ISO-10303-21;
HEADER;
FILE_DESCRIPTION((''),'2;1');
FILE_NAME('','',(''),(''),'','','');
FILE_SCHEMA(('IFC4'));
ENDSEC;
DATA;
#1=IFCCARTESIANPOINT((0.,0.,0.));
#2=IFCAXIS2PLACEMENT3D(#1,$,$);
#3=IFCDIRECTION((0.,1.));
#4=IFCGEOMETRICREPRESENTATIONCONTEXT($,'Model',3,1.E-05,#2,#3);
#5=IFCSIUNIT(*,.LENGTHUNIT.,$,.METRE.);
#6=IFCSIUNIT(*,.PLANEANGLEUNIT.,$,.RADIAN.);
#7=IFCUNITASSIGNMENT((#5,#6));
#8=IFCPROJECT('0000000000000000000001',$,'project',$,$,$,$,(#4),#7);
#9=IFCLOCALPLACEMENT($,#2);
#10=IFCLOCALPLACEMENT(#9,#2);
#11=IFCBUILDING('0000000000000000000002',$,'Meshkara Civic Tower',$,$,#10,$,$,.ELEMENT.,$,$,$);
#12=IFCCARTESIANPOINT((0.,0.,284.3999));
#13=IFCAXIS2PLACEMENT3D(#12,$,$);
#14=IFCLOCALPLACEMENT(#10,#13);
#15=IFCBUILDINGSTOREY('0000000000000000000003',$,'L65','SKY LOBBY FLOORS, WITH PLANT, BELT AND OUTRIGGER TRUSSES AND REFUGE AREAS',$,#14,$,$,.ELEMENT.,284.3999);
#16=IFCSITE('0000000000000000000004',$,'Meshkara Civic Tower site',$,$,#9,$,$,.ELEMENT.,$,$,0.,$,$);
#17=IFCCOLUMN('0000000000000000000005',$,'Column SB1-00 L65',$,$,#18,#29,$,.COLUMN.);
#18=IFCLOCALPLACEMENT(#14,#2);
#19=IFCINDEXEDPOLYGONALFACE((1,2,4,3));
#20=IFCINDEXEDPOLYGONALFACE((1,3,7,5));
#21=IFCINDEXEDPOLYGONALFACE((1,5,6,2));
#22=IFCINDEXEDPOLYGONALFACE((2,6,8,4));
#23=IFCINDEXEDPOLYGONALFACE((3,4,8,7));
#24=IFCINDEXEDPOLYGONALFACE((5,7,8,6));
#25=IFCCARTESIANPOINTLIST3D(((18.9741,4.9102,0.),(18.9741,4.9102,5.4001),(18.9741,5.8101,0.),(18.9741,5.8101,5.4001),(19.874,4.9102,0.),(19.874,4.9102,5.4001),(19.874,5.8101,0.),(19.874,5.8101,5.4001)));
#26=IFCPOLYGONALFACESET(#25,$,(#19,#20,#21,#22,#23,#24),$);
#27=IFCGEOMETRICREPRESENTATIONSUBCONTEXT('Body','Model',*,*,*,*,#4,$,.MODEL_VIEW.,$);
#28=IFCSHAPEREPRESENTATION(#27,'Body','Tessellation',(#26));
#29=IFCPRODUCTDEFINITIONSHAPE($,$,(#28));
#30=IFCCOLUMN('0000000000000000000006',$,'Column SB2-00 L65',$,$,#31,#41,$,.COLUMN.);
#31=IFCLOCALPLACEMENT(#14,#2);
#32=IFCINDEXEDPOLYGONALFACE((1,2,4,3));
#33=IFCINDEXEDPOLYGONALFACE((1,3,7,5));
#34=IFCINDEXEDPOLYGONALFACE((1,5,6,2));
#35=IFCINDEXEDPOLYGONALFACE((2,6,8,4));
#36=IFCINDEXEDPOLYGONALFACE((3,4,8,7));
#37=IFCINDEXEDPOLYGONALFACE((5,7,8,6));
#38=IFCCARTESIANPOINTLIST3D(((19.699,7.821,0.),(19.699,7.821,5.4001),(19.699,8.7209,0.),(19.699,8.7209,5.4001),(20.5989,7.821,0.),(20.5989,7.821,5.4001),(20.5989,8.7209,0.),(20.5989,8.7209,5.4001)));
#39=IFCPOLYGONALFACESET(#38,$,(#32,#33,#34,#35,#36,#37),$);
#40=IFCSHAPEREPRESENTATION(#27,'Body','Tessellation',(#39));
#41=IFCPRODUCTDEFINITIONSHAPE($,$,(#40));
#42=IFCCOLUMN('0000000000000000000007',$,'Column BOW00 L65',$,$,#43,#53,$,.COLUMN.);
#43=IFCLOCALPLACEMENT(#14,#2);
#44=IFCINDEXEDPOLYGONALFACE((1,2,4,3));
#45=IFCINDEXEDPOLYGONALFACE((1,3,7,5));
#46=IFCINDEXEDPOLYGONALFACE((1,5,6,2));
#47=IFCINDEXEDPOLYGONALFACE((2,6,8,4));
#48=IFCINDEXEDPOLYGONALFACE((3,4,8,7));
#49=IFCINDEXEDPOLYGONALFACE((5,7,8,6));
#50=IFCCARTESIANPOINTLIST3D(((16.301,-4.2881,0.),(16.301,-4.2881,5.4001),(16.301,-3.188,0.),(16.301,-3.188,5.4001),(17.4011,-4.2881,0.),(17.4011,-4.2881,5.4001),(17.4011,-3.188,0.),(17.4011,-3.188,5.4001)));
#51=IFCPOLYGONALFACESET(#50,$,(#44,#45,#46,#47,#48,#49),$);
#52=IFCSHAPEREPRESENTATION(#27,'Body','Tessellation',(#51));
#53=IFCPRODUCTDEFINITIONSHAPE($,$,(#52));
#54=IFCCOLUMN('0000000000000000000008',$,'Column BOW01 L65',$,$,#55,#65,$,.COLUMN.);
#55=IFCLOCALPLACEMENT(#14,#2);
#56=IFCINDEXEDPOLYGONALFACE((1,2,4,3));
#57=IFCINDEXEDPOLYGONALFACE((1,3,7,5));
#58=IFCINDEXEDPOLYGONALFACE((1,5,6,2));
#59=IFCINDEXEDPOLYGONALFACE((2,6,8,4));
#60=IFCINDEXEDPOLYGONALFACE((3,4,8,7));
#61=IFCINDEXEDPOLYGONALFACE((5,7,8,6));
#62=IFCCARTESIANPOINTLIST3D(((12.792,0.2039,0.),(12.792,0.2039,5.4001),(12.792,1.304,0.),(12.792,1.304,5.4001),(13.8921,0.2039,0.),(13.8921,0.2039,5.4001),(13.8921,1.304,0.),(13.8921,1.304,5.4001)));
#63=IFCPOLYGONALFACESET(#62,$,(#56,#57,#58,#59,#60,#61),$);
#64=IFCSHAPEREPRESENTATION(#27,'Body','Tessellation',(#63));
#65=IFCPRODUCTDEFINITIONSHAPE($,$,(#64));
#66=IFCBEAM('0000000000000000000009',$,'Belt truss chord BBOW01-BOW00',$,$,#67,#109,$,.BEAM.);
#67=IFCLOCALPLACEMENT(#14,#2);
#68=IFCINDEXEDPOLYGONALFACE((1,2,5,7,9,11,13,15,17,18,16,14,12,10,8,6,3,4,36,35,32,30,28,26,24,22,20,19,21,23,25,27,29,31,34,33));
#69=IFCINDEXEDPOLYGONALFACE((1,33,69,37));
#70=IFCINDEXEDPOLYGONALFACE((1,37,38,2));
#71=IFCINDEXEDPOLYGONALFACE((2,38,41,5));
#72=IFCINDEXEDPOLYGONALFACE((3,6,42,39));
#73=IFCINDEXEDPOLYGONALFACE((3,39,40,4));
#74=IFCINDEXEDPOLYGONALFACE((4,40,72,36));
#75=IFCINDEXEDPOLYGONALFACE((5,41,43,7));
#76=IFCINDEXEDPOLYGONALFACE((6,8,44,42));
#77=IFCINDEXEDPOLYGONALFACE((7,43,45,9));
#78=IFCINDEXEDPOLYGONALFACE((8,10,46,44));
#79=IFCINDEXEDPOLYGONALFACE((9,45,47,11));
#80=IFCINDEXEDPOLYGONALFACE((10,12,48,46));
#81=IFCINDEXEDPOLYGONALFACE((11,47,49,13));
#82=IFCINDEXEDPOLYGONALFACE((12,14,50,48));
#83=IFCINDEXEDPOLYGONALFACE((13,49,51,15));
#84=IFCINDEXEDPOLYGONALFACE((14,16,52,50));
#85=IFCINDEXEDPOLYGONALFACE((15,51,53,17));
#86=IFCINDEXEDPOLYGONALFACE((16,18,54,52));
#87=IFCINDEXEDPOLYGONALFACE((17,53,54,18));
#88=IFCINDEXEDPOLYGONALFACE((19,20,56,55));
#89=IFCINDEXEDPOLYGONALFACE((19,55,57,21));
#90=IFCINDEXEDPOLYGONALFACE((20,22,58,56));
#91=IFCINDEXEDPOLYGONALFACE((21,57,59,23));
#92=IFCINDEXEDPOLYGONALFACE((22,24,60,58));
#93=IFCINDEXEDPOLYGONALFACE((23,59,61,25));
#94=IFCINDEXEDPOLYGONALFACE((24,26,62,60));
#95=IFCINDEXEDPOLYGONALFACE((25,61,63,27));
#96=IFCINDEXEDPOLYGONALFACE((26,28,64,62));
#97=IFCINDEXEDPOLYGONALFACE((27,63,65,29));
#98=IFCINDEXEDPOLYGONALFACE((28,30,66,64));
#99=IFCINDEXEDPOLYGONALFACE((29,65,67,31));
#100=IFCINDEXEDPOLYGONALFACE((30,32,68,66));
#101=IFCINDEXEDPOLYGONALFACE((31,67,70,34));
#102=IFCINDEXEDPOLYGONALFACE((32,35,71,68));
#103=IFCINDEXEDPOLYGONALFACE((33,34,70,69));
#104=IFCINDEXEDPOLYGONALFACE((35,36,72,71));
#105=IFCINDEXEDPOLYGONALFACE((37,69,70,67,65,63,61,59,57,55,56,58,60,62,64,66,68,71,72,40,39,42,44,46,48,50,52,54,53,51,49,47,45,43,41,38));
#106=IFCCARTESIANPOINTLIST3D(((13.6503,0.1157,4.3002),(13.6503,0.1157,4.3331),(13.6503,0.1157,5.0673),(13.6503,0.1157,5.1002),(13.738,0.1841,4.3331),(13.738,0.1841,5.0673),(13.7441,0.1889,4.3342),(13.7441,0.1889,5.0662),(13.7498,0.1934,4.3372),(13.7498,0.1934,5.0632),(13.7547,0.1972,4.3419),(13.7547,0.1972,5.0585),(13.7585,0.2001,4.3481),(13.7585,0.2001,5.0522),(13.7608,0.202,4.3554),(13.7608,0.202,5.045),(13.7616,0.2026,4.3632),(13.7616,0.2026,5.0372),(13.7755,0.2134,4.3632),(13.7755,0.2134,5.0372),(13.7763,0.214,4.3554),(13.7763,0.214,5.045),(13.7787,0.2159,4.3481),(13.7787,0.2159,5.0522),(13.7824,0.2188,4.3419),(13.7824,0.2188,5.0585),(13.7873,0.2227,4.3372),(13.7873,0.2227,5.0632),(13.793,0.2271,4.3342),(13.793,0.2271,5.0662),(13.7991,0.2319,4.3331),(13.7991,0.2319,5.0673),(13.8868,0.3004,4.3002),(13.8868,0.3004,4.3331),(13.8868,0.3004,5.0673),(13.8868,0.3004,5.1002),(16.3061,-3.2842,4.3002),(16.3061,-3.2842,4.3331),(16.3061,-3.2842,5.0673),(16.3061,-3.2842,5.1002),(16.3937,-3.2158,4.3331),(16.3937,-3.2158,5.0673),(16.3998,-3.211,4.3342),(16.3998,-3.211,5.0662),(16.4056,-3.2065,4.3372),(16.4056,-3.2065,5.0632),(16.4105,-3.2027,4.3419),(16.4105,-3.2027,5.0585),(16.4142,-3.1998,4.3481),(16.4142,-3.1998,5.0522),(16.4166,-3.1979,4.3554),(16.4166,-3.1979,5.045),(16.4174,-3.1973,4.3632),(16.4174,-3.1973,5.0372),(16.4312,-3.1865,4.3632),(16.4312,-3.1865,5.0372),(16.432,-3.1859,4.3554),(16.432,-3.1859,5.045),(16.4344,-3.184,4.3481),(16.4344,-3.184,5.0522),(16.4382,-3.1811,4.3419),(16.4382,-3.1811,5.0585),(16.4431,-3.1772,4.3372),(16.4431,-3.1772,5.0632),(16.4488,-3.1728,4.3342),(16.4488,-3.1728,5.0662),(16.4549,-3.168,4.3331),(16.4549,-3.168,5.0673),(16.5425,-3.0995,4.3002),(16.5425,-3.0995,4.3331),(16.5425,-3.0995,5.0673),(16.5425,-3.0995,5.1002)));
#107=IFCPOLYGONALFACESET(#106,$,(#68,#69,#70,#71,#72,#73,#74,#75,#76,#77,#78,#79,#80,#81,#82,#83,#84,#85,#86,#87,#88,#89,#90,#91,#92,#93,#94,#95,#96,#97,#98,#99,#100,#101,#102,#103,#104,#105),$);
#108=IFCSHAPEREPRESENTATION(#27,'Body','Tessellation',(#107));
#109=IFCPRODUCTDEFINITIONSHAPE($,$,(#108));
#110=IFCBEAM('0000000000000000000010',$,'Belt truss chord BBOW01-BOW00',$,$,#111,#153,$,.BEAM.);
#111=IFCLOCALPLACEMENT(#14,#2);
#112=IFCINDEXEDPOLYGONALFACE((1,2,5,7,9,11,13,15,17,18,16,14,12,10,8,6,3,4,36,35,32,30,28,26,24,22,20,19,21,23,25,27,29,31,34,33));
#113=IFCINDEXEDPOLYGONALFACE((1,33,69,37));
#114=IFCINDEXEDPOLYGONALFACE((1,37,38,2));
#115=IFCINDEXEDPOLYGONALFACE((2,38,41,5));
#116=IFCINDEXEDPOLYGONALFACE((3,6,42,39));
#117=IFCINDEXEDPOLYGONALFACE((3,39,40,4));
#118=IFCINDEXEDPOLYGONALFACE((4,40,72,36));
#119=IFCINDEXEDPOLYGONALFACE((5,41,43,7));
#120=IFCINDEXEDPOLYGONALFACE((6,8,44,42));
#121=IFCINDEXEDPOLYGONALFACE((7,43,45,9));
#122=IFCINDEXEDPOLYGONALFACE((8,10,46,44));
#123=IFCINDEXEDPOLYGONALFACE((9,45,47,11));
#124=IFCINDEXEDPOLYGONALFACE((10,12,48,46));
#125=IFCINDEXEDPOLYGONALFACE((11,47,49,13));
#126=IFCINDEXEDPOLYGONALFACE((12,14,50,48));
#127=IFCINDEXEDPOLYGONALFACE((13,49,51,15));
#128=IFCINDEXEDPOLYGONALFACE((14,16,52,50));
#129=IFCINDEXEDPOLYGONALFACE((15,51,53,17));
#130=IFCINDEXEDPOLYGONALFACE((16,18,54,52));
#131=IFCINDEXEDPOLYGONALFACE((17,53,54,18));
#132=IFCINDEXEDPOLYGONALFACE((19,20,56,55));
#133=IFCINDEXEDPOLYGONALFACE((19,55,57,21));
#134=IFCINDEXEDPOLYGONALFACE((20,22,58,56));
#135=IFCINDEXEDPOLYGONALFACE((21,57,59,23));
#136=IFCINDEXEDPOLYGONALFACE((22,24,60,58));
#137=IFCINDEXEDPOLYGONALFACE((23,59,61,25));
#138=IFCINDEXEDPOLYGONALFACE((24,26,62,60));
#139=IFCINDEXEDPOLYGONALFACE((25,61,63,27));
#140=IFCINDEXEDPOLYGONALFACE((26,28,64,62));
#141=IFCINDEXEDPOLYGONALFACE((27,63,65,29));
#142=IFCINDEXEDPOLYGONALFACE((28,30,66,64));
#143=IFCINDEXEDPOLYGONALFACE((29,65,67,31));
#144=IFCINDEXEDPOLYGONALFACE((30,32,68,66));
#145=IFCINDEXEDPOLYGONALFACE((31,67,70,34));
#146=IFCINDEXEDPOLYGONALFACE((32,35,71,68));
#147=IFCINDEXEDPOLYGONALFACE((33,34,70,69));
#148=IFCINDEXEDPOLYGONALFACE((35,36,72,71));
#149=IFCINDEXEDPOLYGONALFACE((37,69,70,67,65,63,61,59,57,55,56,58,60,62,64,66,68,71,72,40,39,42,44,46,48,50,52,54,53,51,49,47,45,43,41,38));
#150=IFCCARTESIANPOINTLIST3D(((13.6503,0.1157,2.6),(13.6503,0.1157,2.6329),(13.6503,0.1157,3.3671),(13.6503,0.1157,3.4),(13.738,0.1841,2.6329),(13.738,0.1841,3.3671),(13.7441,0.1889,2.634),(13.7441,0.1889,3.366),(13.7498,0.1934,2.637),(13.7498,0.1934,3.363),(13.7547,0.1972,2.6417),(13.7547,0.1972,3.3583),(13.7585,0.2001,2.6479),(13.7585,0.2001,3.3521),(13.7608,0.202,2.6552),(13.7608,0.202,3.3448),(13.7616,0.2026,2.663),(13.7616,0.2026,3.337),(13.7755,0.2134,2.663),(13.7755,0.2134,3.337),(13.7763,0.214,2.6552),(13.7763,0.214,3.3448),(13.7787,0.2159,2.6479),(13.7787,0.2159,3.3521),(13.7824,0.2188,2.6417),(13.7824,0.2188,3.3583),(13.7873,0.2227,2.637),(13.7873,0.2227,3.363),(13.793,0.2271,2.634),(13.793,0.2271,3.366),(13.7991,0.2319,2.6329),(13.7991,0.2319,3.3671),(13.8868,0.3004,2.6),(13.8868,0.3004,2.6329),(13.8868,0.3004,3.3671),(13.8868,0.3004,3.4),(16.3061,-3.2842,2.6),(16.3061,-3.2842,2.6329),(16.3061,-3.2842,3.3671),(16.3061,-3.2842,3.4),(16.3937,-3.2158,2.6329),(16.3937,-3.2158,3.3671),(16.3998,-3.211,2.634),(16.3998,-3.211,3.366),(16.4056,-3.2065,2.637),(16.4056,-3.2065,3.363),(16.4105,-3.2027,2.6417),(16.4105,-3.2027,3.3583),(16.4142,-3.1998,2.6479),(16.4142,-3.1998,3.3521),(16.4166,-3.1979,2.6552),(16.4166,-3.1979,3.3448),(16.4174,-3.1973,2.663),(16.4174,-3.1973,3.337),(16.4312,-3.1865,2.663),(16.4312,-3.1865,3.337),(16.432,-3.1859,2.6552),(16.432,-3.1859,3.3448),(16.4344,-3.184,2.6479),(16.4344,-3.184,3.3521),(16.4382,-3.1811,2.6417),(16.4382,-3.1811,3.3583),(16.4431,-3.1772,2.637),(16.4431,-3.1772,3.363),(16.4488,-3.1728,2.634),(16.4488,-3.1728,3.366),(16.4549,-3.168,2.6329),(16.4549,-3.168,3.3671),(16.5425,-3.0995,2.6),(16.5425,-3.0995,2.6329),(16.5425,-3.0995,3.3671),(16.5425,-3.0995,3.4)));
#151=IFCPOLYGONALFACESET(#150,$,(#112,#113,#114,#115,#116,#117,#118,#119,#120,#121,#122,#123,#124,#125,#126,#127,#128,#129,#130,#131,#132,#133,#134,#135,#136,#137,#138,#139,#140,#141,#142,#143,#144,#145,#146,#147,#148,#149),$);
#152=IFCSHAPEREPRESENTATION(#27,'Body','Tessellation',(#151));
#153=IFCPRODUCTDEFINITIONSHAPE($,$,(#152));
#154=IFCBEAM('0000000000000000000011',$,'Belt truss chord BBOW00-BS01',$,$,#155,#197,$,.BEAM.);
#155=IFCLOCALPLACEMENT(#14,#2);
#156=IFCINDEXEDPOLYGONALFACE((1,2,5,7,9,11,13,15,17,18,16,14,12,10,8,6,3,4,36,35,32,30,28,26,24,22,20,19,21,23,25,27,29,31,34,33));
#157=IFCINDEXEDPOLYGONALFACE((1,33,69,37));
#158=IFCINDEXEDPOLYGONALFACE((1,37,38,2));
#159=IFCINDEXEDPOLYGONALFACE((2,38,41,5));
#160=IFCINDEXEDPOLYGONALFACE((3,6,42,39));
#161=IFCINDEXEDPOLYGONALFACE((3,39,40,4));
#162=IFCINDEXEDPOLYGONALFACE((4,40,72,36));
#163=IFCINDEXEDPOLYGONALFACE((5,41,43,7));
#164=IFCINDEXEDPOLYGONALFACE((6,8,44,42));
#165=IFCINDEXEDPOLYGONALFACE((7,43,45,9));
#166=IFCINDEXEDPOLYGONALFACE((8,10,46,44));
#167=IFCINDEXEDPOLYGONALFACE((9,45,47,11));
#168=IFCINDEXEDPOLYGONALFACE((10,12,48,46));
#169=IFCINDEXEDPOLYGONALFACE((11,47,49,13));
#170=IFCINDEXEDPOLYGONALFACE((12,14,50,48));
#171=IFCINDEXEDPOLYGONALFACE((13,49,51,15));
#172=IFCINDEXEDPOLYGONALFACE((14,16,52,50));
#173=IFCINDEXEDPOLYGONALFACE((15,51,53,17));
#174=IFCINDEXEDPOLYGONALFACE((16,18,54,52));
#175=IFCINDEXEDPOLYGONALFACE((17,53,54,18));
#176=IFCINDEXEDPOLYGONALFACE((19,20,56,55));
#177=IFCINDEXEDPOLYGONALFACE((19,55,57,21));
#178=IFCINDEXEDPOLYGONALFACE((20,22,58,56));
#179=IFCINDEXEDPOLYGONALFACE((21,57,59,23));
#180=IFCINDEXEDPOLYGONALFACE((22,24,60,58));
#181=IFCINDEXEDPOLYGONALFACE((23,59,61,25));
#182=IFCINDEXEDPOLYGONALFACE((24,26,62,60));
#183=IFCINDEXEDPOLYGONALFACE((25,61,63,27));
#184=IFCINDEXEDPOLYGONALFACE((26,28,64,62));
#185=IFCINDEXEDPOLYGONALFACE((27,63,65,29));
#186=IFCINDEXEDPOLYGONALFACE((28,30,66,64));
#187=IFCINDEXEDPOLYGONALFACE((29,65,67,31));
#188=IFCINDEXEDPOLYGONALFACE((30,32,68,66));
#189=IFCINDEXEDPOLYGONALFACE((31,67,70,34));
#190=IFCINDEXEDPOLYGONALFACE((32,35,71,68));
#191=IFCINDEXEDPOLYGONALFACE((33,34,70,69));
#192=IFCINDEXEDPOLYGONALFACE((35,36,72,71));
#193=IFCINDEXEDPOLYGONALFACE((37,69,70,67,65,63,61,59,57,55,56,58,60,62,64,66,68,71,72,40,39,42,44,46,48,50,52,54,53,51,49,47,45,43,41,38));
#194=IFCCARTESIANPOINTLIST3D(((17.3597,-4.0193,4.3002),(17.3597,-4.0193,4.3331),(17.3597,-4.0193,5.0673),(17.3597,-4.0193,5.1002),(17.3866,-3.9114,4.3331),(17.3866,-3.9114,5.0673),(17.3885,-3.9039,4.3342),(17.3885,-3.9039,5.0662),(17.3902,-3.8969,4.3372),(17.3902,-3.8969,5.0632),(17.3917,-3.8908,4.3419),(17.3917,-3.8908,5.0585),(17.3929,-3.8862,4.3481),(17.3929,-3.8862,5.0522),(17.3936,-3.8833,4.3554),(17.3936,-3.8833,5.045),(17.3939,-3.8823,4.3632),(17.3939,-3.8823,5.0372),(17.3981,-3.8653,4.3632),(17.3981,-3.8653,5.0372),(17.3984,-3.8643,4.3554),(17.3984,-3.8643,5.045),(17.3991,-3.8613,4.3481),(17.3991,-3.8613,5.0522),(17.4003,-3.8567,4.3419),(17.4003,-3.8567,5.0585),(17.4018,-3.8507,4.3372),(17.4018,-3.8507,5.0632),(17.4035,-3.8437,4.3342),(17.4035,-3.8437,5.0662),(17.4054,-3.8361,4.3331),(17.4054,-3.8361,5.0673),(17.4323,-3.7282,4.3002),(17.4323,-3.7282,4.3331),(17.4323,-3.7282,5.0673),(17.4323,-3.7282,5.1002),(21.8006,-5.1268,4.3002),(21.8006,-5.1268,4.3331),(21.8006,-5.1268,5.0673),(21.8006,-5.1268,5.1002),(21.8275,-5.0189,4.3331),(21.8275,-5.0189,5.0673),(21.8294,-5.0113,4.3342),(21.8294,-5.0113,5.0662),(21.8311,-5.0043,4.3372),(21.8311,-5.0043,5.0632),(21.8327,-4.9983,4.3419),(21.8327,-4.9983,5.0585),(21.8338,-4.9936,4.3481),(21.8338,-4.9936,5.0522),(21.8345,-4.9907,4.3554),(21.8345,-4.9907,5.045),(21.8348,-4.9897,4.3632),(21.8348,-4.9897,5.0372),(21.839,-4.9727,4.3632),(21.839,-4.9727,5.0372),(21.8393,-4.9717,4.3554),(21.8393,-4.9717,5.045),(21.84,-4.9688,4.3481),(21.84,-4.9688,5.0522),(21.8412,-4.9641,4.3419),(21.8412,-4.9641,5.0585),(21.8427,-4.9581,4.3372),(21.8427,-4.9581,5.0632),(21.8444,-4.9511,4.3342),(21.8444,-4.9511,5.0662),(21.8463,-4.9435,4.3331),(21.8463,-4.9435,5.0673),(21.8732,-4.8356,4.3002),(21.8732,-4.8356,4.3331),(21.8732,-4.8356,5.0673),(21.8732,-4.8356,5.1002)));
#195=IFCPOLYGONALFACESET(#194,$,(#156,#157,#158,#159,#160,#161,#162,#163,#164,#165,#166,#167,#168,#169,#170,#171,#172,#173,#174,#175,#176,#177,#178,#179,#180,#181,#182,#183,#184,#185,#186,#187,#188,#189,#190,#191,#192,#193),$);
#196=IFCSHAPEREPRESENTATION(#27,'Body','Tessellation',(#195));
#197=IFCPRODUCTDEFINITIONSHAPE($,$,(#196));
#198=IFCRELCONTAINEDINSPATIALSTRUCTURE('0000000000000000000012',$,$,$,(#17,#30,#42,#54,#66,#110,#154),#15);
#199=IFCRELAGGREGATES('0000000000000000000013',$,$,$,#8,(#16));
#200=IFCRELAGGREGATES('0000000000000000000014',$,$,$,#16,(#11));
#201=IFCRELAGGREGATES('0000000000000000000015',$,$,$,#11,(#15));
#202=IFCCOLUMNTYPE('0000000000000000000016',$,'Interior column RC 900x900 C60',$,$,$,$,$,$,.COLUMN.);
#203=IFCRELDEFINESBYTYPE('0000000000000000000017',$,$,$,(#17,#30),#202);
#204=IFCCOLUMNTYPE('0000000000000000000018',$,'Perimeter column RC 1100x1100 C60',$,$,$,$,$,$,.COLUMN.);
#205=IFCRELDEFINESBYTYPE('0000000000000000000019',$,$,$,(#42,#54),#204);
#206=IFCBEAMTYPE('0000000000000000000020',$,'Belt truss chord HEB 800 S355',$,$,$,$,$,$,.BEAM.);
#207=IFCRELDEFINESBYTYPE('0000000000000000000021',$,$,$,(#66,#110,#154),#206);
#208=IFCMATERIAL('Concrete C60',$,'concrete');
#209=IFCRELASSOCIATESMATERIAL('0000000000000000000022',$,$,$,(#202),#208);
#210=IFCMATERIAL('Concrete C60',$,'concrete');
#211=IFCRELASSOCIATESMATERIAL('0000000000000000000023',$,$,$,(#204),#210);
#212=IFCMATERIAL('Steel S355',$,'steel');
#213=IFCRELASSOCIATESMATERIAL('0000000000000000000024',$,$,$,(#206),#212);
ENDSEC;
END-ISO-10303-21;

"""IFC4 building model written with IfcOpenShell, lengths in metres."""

from ifc_helpers import new_model, si_unit, direction, frame, origin, origin_2d, place, context, subcontext, project, spatial, rectangle, i_section, extrude, material, material_profile, profile_set, type_object, element, save


model = new_model("IFC4")

# Units and contexts
model_context = context("Model", 3, precision=1e-05, world=origin(), true_north=direction((0.0, 1.0)))
body_context = subcontext(model_context, "Body", "Model", "MODEL_VIEW")
ifc_project = project(units=[si_unit("LENGTHUNIT", "METRE"), si_unit("PLANEANGLEUNIT", "RADIAN")], contexts=[model_context])

# Site, building, storey
site_placement = place(None, origin())
site = spatial("IfcSite", under=ifc_project, at=site_placement, Name="Meshkara Civic Tower site", CompositionType="ELEMENT", RefElevation=0.0)
building_placement = place(site_placement, origin())
building = spatial("IfcBuilding", under=site, at=building_placement, Name="Meshkara Civic Tower", CompositionType="ELEMENT")
storey_placement = place(building_placement, frame((0.0, 0.0, 284.3999)))
storey = spatial("IfcBuildingStorey", under=building, at=storey_placement, Name="L65", Description="SKY LOBBY FLOORS, WITH PLANT, BELT AND OUTRIGGER TRUSSES AND REFUGE AREAS", CompositionType="ELEMENT", Elevation=284.3999)

# Columns
ifc_material_1 = material(Name="Concrete C60", Category="concrete")
ifc_material_profile_1 = material_profile(ifc_material_1, rectangle(XDim=0.8999, YDim=0.8999, at=origin_2d()))
ifc_profile_set_1 = profile_set([ifc_material_profile_1], Name="Concrete C60")
column_type_1 = type_object("IfcColumnType", Name="Interior column RC 900x900 C60", PredefinedType="COLUMN", material=ifc_profile_set_1)
for number, where, z_axis, x_axis, name in (
    (1, (19.4241, 5.3601, 0.0), (0.0, 0.0, 1.0), (1.0, 0.0, 0.0), "Column SB1-00 L65"),
    (2, (20.1489, 8.271, 0.0), (0.0, 0.0, 1.0), (1.0, 0.0, 0.0), "Column SB2-00 L65"),
):
    element("IfcColumn", number, at=place(storey_placement, frame(where, z_axis=z_axis, x_axis=x_axis)), inside=storey, type_object=column_type_1, Name=name, PredefinedType="COLUMN", context=body_context, shape_type="SweptSolid", body=[
        extrude(rectangle(XDim=0.8999, YDim=0.8999, at=origin_2d()), origin(), (0.0, 0.0, 1.0), 5.4001),
    ])
ifc_material_2 = material(Name="Concrete C60", Category="concrete")
ifc_material_profile_2 = material_profile(ifc_material_2, rectangle(XDim=1.1001, YDim=1.1001, at=origin_2d()))
ifc_profile_set_2 = profile_set([ifc_material_profile_2], Name="Concrete C60")
column_type_2 = type_object("IfcColumnType", Name="Perimeter column RC 1100x1100 C60", PredefinedType="COLUMN", material=ifc_profile_set_2)
for number, where, z_axis, x_axis, name in (
    (3, (16.8511, -3.738, 0.0), (0.0, 0.0, 1.0), (1.0, 0.0, 0.0), "Column BOW00 L65"),
    (4, (13.342, 0.7539, 0.0), (0.0, 0.0, 1.0), (1.0, 0.0, 0.0), "Column BOW01 L65"),
):
    element("IfcColumn", number, at=place(storey_placement, frame(where, z_axis=z_axis, x_axis=x_axis)), inside=storey, type_object=column_type_2, Name=name, PredefinedType="COLUMN", context=body_context, shape_type="SweptSolid", body=[
        extrude(rectangle(XDim=1.1001, YDim=1.1001, at=origin_2d()), origin(), (0.0, 0.0, 1.0), 5.4001),
    ])

# Beams
ifc_material_3 = material(Name="Steel S355", Category="steel")
ifc_material_profile_3 = material_profile(ifc_material_3, i_section(OverallWidth=0.3, OverallDepth=0.8, WebThickness=0.0176, FlangeThickness=0.033, FilletRadius=0.03, at=origin_2d()))
ifc_profile_set_3 = profile_set([ifc_material_profile_3], Name="Steel S355")
beam_type_1 = type_object("IfcBeamType", Name="Belt truss chord HEB 800 S355", PredefinedType="BEAM", material=ifc_profile_set_3)
for number, where, z_axis, x_axis, name in (
    (5, (13.7686, 0.208, 4.7002), (0.615585, -0.788071, 0.0), (0.788071, 0.615585, 0.0), "Belt truss chord BBOW01-BOW00"),
    (6, (13.7686, 0.208, 3.0), (0.615585, -0.788071, 0.0), (0.788071, 0.615585, 0.0), "Belt truss chord BBOW01-BOW00"),
):
    element("IfcBeam", number, at=place(storey_placement, frame(where, z_axis=z_axis, x_axis=x_axis)), inside=storey, type_object=beam_type_1, Name=name, PredefinedType="BEAM", context=body_context, shape_type="SweptSolid", body=[
        extrude(i_section(OverallWidth=0.3, OverallDepth=0.8, WebThickness=0.0176, FlangeThickness=0.033, FilletRadius=0.03, at=origin_2d()), origin(), (0.0, 0.0, 1.0), 4.3142),
    ])
for number, where, z_axis, x_axis, name in (
    (7, (17.396, -3.8738, 4.7002), (0.970287, -0.241958, 0.0), (0.241958, 0.970287, 0.0), "Belt truss chord BBOW00-BS01"),
):
    element("IfcBeam", number, at=place(storey_placement, frame(where, z_axis=z_axis, x_axis=x_axis)), inside=storey, type_object=beam_type_1, Name=name, PredefinedType="BEAM", context=body_context, shape_type="SweptSolid", body=[
        extrude(i_section(OverallWidth=0.3, OverallDepth=0.8, WebThickness=0.0176, FlangeThickness=0.033, FilletRadius=0.03, at=origin_2d()), origin(), (0.0, 0.0, 1.0), 4.5769),
    ])

save(model, "model.ifc")
